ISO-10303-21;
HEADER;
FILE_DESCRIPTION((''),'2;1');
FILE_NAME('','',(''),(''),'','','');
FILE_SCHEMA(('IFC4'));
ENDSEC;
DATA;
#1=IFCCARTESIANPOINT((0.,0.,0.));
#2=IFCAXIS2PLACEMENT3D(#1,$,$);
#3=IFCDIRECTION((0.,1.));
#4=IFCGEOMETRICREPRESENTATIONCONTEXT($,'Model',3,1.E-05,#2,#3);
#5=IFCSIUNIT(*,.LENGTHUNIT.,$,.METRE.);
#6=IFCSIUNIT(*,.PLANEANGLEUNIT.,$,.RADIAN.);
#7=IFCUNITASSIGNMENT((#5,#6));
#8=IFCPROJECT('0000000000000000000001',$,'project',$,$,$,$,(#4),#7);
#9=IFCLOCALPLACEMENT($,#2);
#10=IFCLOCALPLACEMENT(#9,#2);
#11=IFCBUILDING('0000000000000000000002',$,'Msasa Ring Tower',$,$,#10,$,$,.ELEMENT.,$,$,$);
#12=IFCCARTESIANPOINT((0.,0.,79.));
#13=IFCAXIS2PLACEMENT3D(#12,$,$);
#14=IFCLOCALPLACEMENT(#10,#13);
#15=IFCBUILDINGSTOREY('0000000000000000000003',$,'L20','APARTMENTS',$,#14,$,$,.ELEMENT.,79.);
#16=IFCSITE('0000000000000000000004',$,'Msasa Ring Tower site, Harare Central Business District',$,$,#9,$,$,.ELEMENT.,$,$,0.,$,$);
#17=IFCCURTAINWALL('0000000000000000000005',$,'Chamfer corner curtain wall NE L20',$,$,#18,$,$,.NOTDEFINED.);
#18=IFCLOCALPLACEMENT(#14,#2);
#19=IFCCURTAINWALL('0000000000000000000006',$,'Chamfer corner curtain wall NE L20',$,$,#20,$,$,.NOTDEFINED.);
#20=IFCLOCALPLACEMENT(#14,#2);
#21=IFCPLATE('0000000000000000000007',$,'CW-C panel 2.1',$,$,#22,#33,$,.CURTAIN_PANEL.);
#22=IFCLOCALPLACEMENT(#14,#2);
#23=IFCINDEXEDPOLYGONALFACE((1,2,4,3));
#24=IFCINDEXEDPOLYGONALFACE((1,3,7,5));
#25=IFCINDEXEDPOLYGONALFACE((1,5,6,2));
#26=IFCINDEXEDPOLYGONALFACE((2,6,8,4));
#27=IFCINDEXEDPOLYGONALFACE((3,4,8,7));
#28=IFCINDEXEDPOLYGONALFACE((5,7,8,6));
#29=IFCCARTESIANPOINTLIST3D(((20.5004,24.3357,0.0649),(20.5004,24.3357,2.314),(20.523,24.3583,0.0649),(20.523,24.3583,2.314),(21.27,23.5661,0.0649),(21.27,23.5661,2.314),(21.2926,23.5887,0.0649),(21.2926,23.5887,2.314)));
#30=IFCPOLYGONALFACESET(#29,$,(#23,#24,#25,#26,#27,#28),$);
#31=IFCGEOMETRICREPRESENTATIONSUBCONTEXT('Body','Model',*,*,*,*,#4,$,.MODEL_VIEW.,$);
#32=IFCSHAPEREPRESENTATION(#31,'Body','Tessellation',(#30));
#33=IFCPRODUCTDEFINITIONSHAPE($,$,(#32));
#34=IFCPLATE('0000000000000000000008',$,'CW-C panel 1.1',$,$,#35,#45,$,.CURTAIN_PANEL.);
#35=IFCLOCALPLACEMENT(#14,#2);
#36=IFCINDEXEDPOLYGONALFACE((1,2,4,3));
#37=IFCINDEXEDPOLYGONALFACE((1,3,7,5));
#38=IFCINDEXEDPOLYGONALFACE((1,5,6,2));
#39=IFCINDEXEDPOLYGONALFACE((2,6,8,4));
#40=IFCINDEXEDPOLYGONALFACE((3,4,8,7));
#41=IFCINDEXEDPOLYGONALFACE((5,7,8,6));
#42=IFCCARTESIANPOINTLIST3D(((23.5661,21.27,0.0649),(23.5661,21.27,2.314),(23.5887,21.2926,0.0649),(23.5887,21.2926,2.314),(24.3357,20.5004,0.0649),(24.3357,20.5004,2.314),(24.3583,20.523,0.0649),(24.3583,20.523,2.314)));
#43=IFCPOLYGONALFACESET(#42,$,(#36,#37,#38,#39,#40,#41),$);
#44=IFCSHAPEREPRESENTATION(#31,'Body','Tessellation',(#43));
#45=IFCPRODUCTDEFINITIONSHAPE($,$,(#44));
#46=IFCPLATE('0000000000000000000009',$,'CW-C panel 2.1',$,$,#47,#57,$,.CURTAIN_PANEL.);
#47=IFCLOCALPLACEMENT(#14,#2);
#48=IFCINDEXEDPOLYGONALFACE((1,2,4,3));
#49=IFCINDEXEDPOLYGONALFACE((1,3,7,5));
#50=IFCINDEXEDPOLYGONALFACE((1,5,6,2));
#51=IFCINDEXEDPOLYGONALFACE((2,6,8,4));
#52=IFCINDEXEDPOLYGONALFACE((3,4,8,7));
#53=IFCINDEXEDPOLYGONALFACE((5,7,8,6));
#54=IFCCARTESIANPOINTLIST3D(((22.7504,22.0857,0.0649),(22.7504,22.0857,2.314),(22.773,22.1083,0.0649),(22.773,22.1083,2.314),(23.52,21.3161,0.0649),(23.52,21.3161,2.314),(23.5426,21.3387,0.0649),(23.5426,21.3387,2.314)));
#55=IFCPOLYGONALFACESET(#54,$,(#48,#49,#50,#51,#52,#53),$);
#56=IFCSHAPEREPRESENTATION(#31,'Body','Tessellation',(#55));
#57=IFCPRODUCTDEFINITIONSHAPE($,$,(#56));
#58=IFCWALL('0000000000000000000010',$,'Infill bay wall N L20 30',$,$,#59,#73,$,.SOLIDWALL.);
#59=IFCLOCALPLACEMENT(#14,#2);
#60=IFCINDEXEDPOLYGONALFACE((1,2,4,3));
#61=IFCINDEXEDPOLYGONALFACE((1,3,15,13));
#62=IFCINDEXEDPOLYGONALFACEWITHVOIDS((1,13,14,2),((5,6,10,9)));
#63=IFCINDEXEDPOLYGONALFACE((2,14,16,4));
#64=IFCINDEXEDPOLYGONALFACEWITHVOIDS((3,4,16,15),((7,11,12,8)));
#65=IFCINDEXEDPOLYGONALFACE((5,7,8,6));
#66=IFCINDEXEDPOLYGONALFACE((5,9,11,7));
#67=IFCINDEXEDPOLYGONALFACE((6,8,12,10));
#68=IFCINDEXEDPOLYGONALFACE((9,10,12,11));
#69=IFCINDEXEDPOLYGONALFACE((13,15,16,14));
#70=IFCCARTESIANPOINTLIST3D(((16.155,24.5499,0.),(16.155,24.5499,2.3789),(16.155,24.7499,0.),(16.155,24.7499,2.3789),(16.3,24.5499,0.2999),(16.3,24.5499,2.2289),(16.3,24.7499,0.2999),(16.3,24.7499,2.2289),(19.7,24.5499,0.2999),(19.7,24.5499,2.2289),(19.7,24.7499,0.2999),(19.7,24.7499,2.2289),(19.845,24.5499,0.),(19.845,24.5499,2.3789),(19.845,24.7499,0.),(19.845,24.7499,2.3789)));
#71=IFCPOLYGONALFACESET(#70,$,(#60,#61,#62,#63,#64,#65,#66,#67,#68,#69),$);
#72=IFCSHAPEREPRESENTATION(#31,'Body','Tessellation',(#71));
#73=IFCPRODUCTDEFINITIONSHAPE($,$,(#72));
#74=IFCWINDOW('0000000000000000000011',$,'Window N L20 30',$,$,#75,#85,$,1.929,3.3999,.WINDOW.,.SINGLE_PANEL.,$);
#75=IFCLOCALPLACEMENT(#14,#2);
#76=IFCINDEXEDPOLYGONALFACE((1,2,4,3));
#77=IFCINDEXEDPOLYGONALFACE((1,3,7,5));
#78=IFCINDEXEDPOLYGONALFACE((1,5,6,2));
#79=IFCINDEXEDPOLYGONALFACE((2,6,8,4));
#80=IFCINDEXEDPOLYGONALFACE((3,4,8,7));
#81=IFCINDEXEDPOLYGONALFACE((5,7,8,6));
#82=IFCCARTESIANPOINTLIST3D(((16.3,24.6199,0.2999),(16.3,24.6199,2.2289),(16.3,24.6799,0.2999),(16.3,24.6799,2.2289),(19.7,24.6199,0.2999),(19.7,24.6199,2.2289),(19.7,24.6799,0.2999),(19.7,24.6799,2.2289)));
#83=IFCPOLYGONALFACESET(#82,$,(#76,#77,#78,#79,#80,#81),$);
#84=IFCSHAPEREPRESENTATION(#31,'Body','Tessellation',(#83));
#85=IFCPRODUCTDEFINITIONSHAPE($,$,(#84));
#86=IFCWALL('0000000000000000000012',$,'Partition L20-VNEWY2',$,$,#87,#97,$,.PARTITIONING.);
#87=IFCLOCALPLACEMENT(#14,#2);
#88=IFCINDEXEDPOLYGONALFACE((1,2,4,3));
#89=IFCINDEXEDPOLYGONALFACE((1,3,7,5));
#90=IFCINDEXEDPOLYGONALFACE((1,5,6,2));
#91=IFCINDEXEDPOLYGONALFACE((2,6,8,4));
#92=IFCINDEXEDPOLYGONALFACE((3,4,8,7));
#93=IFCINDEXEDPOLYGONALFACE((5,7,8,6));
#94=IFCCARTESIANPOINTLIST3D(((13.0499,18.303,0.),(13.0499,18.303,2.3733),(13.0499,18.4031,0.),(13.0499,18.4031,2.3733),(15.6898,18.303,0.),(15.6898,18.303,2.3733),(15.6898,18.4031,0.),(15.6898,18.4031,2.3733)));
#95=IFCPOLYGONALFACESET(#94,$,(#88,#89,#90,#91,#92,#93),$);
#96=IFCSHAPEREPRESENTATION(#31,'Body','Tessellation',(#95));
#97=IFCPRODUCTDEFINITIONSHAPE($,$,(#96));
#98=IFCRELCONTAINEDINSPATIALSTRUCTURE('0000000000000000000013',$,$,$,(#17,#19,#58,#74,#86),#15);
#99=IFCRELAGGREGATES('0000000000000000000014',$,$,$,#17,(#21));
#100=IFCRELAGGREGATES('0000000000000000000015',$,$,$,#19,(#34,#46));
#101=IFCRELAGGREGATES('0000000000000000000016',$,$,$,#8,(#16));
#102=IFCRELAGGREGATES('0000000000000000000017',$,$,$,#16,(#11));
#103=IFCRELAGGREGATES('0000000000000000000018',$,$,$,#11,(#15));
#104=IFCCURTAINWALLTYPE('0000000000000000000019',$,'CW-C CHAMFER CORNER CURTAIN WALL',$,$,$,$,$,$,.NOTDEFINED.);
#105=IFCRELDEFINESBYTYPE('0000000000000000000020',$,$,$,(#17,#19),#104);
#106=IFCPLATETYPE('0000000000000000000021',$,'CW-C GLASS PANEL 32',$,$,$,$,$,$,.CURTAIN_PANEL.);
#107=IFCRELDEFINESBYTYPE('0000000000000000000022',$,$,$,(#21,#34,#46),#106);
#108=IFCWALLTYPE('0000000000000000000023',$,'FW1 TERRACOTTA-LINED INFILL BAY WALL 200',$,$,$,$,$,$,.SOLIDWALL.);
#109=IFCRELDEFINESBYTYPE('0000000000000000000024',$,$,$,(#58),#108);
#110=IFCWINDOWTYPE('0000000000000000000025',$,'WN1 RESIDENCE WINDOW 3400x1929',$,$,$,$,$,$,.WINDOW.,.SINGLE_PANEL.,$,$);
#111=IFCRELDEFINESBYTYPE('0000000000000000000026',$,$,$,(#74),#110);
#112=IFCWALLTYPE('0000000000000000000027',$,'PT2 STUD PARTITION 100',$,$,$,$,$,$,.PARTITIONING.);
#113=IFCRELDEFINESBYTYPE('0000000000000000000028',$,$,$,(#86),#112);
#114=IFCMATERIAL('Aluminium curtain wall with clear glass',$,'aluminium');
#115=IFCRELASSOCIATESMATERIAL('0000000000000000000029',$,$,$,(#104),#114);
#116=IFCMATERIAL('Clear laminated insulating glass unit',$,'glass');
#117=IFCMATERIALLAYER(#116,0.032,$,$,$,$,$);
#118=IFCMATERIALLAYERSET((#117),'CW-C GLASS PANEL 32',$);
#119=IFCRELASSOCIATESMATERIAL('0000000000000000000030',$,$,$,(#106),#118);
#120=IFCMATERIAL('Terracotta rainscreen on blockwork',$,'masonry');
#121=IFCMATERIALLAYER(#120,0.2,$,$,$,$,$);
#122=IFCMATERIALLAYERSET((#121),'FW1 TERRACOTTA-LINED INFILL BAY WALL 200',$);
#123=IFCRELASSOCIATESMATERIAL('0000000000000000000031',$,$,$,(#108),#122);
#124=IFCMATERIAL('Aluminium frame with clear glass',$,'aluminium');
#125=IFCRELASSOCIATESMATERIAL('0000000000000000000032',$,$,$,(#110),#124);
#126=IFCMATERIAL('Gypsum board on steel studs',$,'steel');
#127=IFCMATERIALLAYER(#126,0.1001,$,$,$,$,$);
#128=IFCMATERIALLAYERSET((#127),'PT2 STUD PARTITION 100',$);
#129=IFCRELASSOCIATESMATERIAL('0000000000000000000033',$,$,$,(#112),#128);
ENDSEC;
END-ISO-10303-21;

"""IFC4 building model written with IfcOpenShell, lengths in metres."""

from ifc_helpers import new_model, si_unit, direction, frame, frame_2d, origin, origin_2d, place, context, subcontext, project, spatial, rectangle, extrude, material, layer, layer_set, type_object, element, fill, aggregate, save


model = new_model("IFC4")

# Units and contexts
model_context = context("Model", 3, precision=1e-05, world=origin(), true_north=direction((0.0, 1.0)))
body_context = subcontext(model_context, "Body", "Model", "MODEL_VIEW")
ifc_project = project(units=[si_unit("LENGTHUNIT", "METRE"), si_unit("PLANEANGLEUNIT", "RADIAN")], contexts=[model_context])

# Site, building, storey
site_placement = place(None, origin())
site = spatial("IfcSite", under=ifc_project, at=site_placement, Name="Msasa Ring Tower site, Harare Central Business District", CompositionType="ELEMENT", RefElevation=0.0)
building_placement = place(site_placement, origin())
building = spatial("IfcBuilding", under=site, at=building_placement, Name="Msasa Ring Tower", CompositionType="ELEMENT")
storey_placement = place(building_placement, frame((0.0, 0.0, 79.0)))
storey = spatial("IfcBuildingStorey", under=building, at=storey_placement, Name="L20", Description="APARTMENTS", CompositionType="ELEMENT", Elevation=79.0)

# Curtain walls
ifc_material_1 = material(Name="Aluminium curtain wall with clear glass", Category="aluminium")
curtain_wall_type = type_object("IfcCurtainWallType", Name="CW-C CHAMFER CORNER CURTAIN WALL", PredefinedType="NOTDEFINED", material=ifc_material_1)
curtain_wall_1_placement = place(storey_placement, origin())
curtain_wall_1 = element("IfcCurtainWall", 1, at=curtain_wall_1_placement, inside=storey, type_object=curtain_wall_type, Name="Chamfer corner curtain wall NE L20", PredefinedType="NOTDEFINED")
curtain_wall_2_placement = place(storey_placement, origin())
curtain_wall_2 = element("IfcCurtainWall", 2, at=curtain_wall_2_placement, inside=storey, type_object=curtain_wall_type, Name="Chamfer corner curtain wall NE L20", PredefinedType="NOTDEFINED")

# Plates
ifc_material_2 = material(Name="Clear laminated insulating glass unit", Category="glass")
ifc_layer_1 = layer(ifc_material_2, 0.032)
ifc_layer_set_1 = layer_set([ifc_layer_1], Name="CW-C GLASS PANEL 32")
plate_type = type_object("IfcPlateType", Name="CW-C GLASS PANEL 32", PredefinedType="CURTAIN_PANEL", material=ifc_layer_set_1)
plate_1_placement = place(storey_placement, frame((20.8965, 23.9622, 0.0649), z_axis=(0.0, 0.0, 1.0), x_axis=(-0.707107, 0.707107, 0.0)))
plate_1 = element("IfcPlate", 3, at=plate_1_placement, type_object=plate_type, Name="CW-C panel 2.1", PredefinedType="CURTAIN_PANEL", context=body_context, shape_type="SweptSolid", body=[
    extrude(rectangle(XDim=1.0884, YDim=0.032, at=origin_2d()), origin(), (0.0, 0.0, 1.0), 2.249),
])
aggregate(curtain_wall_1, [plate_1])
plate_2_placement = place(storey_placement, frame((23.9622, 20.8965, 0.0649), z_axis=(0.0, 0.0, 1.0), x_axis=(-0.707107, 0.707107, 0.0)))
plate_2 = element("IfcPlate", 4, at=plate_2_placement, type_object=plate_type, Name="CW-C panel 1.1", PredefinedType="CURTAIN_PANEL", context=body_context, shape_type="SweptSolid", body=[
    extrude(rectangle(XDim=1.0884, YDim=0.032, at=origin_2d()), origin(), (0.0, 0.0, 1.0), 2.249),
])
plate_3_placement = place(storey_placement, frame((23.1465, 21.7122, 0.0649), z_axis=(0.0, 0.0, 1.0), x_axis=(-0.707107, 0.707107, 0.0)))
plate_3 = element("IfcPlate", 5, at=plate_3_placement, type_object=plate_type, Name="CW-C panel 2.1", PredefinedType="CURTAIN_PANEL", context=body_context, shape_type="SweptSolid", body=[
    extrude(rectangle(XDim=1.0884, YDim=0.032, at=origin_2d()), origin(), (0.0, 0.0, 1.0), 2.249),
])
aggregate(curtain_wall_2, [plate_2, plate_3])

# Wall, opening, window
ifc_material_3 = material(Name="Terracotta rainscreen on blockwork", Category="masonry")
ifc_layer_2 = layer(ifc_material_3, 0.2)
ifc_layer_set_2 = layer_set([ifc_layer_2], Name="FW1 TERRACOTTA-LINED INFILL BAY WALL 200")
wall_type_1 = type_object("IfcWallType", Name="FW1 TERRACOTTA-LINED INFILL BAY WALL 200", PredefinedType="SOLIDWALL", material=ifc_layer_set_2)
wall_1_placement = place(storey_placement, frame((16.155, 24.6499, 0.0), z_axis=(0.0, 0.0, 1.0), x_axis=(1.0, 0.0, 0.0)))
wall_1 = element("IfcWall", 6, at=wall_1_placement, inside=storey, type_object=wall_type_1, Name="Infill bay wall N L20 30", PredefinedType="SOLIDWALL", context=body_context, shape_type="SweptSolid", body=[
    extrude(rectangle(XDim=3.6899, YDim=0.2, at=frame_2d((1.845, 0.0))), origin(), (0.0, 0.0, 1.0), 2.3789),
])
opening_placement = place(wall_1_placement, frame((0.145, 0.0, 0.3)))
opening = element("IfcOpeningElement", 7, at=opening_placement, cuts=wall_1, PredefinedType="OPENING", context=body_context, shape_type="SweptSolid", body=[
    extrude(rectangle(XDim=3.3999, YDim=1.929, at=frame_2d((1.7, 0.9644))), frame((0.0, 0.1099, 0.0), z_axis=(0.0, -1.0, 0.0), x_axis=(1.0, 0.0, 0.0)), (0.0, 0.0, 1.0), 0.22),
])
ifc_material_4 = material(Name="Aluminium frame with clear glass", Category="aluminium")
window_type = type_object("IfcWindowType", Name="WN1 RESIDENCE WINDOW 3400x1929", PartitioningType="SINGLE_PANEL", PredefinedType="WINDOW", material=ifc_material_4)
window_placement = place(opening_placement, origin())
window = element("IfcWindow", 8, at=window_placement, inside=storey, type_object=window_type, Name="Window N L20 30", OverallHeight=1.929, OverallWidth=3.3999, PartitioningType="SINGLE_PANEL", PredefinedType="WINDOW", context=body_context, shape_type="SweptSolid", body=[
    extrude(rectangle(XDim=3.3999, YDim=1.929, at=frame_2d((1.7, 0.9644))), frame((0.0, 0.03, 0.0), z_axis=(0.0, -1.0, 0.0), x_axis=(1.0, 0.0, 0.0)), (0.0, 0.0, 1.0), 0.0601),
])
fill(opening, window)

# Wall
ifc_material_5 = material(Name="Gypsum board on steel studs", Category="steel")
ifc_layer_3 = layer(ifc_material_5, 0.1001)
ifc_layer_set_3 = layer_set([ifc_layer_3], Name="PT2 STUD PARTITION 100")
wall_type_2 = type_object("IfcWallType", Name="PT2 STUD PARTITION 100", PredefinedType="PARTITIONING", material=ifc_layer_set_3)
wall_2_placement = place(storey_placement, frame((13.05, 18.353, 0.0), z_axis=(0.0, 0.0, 1.0), x_axis=(1.0, 0.0, 0.0)))
element("IfcWall", 9, at=wall_2_placement, inside=storey, type_object=wall_type_2, Name="Partition L20-VNEWY2", PredefinedType="PARTITIONING", context=body_context, shape_type="SweptSolid", body=[
    extrude(rectangle(XDim=2.6399, YDim=0.1001, at=frame_2d((1.3198, 0.0))), origin(), (0.0, 0.0, 1.0), 2.3733),
])

save(model, "model.ifc")
